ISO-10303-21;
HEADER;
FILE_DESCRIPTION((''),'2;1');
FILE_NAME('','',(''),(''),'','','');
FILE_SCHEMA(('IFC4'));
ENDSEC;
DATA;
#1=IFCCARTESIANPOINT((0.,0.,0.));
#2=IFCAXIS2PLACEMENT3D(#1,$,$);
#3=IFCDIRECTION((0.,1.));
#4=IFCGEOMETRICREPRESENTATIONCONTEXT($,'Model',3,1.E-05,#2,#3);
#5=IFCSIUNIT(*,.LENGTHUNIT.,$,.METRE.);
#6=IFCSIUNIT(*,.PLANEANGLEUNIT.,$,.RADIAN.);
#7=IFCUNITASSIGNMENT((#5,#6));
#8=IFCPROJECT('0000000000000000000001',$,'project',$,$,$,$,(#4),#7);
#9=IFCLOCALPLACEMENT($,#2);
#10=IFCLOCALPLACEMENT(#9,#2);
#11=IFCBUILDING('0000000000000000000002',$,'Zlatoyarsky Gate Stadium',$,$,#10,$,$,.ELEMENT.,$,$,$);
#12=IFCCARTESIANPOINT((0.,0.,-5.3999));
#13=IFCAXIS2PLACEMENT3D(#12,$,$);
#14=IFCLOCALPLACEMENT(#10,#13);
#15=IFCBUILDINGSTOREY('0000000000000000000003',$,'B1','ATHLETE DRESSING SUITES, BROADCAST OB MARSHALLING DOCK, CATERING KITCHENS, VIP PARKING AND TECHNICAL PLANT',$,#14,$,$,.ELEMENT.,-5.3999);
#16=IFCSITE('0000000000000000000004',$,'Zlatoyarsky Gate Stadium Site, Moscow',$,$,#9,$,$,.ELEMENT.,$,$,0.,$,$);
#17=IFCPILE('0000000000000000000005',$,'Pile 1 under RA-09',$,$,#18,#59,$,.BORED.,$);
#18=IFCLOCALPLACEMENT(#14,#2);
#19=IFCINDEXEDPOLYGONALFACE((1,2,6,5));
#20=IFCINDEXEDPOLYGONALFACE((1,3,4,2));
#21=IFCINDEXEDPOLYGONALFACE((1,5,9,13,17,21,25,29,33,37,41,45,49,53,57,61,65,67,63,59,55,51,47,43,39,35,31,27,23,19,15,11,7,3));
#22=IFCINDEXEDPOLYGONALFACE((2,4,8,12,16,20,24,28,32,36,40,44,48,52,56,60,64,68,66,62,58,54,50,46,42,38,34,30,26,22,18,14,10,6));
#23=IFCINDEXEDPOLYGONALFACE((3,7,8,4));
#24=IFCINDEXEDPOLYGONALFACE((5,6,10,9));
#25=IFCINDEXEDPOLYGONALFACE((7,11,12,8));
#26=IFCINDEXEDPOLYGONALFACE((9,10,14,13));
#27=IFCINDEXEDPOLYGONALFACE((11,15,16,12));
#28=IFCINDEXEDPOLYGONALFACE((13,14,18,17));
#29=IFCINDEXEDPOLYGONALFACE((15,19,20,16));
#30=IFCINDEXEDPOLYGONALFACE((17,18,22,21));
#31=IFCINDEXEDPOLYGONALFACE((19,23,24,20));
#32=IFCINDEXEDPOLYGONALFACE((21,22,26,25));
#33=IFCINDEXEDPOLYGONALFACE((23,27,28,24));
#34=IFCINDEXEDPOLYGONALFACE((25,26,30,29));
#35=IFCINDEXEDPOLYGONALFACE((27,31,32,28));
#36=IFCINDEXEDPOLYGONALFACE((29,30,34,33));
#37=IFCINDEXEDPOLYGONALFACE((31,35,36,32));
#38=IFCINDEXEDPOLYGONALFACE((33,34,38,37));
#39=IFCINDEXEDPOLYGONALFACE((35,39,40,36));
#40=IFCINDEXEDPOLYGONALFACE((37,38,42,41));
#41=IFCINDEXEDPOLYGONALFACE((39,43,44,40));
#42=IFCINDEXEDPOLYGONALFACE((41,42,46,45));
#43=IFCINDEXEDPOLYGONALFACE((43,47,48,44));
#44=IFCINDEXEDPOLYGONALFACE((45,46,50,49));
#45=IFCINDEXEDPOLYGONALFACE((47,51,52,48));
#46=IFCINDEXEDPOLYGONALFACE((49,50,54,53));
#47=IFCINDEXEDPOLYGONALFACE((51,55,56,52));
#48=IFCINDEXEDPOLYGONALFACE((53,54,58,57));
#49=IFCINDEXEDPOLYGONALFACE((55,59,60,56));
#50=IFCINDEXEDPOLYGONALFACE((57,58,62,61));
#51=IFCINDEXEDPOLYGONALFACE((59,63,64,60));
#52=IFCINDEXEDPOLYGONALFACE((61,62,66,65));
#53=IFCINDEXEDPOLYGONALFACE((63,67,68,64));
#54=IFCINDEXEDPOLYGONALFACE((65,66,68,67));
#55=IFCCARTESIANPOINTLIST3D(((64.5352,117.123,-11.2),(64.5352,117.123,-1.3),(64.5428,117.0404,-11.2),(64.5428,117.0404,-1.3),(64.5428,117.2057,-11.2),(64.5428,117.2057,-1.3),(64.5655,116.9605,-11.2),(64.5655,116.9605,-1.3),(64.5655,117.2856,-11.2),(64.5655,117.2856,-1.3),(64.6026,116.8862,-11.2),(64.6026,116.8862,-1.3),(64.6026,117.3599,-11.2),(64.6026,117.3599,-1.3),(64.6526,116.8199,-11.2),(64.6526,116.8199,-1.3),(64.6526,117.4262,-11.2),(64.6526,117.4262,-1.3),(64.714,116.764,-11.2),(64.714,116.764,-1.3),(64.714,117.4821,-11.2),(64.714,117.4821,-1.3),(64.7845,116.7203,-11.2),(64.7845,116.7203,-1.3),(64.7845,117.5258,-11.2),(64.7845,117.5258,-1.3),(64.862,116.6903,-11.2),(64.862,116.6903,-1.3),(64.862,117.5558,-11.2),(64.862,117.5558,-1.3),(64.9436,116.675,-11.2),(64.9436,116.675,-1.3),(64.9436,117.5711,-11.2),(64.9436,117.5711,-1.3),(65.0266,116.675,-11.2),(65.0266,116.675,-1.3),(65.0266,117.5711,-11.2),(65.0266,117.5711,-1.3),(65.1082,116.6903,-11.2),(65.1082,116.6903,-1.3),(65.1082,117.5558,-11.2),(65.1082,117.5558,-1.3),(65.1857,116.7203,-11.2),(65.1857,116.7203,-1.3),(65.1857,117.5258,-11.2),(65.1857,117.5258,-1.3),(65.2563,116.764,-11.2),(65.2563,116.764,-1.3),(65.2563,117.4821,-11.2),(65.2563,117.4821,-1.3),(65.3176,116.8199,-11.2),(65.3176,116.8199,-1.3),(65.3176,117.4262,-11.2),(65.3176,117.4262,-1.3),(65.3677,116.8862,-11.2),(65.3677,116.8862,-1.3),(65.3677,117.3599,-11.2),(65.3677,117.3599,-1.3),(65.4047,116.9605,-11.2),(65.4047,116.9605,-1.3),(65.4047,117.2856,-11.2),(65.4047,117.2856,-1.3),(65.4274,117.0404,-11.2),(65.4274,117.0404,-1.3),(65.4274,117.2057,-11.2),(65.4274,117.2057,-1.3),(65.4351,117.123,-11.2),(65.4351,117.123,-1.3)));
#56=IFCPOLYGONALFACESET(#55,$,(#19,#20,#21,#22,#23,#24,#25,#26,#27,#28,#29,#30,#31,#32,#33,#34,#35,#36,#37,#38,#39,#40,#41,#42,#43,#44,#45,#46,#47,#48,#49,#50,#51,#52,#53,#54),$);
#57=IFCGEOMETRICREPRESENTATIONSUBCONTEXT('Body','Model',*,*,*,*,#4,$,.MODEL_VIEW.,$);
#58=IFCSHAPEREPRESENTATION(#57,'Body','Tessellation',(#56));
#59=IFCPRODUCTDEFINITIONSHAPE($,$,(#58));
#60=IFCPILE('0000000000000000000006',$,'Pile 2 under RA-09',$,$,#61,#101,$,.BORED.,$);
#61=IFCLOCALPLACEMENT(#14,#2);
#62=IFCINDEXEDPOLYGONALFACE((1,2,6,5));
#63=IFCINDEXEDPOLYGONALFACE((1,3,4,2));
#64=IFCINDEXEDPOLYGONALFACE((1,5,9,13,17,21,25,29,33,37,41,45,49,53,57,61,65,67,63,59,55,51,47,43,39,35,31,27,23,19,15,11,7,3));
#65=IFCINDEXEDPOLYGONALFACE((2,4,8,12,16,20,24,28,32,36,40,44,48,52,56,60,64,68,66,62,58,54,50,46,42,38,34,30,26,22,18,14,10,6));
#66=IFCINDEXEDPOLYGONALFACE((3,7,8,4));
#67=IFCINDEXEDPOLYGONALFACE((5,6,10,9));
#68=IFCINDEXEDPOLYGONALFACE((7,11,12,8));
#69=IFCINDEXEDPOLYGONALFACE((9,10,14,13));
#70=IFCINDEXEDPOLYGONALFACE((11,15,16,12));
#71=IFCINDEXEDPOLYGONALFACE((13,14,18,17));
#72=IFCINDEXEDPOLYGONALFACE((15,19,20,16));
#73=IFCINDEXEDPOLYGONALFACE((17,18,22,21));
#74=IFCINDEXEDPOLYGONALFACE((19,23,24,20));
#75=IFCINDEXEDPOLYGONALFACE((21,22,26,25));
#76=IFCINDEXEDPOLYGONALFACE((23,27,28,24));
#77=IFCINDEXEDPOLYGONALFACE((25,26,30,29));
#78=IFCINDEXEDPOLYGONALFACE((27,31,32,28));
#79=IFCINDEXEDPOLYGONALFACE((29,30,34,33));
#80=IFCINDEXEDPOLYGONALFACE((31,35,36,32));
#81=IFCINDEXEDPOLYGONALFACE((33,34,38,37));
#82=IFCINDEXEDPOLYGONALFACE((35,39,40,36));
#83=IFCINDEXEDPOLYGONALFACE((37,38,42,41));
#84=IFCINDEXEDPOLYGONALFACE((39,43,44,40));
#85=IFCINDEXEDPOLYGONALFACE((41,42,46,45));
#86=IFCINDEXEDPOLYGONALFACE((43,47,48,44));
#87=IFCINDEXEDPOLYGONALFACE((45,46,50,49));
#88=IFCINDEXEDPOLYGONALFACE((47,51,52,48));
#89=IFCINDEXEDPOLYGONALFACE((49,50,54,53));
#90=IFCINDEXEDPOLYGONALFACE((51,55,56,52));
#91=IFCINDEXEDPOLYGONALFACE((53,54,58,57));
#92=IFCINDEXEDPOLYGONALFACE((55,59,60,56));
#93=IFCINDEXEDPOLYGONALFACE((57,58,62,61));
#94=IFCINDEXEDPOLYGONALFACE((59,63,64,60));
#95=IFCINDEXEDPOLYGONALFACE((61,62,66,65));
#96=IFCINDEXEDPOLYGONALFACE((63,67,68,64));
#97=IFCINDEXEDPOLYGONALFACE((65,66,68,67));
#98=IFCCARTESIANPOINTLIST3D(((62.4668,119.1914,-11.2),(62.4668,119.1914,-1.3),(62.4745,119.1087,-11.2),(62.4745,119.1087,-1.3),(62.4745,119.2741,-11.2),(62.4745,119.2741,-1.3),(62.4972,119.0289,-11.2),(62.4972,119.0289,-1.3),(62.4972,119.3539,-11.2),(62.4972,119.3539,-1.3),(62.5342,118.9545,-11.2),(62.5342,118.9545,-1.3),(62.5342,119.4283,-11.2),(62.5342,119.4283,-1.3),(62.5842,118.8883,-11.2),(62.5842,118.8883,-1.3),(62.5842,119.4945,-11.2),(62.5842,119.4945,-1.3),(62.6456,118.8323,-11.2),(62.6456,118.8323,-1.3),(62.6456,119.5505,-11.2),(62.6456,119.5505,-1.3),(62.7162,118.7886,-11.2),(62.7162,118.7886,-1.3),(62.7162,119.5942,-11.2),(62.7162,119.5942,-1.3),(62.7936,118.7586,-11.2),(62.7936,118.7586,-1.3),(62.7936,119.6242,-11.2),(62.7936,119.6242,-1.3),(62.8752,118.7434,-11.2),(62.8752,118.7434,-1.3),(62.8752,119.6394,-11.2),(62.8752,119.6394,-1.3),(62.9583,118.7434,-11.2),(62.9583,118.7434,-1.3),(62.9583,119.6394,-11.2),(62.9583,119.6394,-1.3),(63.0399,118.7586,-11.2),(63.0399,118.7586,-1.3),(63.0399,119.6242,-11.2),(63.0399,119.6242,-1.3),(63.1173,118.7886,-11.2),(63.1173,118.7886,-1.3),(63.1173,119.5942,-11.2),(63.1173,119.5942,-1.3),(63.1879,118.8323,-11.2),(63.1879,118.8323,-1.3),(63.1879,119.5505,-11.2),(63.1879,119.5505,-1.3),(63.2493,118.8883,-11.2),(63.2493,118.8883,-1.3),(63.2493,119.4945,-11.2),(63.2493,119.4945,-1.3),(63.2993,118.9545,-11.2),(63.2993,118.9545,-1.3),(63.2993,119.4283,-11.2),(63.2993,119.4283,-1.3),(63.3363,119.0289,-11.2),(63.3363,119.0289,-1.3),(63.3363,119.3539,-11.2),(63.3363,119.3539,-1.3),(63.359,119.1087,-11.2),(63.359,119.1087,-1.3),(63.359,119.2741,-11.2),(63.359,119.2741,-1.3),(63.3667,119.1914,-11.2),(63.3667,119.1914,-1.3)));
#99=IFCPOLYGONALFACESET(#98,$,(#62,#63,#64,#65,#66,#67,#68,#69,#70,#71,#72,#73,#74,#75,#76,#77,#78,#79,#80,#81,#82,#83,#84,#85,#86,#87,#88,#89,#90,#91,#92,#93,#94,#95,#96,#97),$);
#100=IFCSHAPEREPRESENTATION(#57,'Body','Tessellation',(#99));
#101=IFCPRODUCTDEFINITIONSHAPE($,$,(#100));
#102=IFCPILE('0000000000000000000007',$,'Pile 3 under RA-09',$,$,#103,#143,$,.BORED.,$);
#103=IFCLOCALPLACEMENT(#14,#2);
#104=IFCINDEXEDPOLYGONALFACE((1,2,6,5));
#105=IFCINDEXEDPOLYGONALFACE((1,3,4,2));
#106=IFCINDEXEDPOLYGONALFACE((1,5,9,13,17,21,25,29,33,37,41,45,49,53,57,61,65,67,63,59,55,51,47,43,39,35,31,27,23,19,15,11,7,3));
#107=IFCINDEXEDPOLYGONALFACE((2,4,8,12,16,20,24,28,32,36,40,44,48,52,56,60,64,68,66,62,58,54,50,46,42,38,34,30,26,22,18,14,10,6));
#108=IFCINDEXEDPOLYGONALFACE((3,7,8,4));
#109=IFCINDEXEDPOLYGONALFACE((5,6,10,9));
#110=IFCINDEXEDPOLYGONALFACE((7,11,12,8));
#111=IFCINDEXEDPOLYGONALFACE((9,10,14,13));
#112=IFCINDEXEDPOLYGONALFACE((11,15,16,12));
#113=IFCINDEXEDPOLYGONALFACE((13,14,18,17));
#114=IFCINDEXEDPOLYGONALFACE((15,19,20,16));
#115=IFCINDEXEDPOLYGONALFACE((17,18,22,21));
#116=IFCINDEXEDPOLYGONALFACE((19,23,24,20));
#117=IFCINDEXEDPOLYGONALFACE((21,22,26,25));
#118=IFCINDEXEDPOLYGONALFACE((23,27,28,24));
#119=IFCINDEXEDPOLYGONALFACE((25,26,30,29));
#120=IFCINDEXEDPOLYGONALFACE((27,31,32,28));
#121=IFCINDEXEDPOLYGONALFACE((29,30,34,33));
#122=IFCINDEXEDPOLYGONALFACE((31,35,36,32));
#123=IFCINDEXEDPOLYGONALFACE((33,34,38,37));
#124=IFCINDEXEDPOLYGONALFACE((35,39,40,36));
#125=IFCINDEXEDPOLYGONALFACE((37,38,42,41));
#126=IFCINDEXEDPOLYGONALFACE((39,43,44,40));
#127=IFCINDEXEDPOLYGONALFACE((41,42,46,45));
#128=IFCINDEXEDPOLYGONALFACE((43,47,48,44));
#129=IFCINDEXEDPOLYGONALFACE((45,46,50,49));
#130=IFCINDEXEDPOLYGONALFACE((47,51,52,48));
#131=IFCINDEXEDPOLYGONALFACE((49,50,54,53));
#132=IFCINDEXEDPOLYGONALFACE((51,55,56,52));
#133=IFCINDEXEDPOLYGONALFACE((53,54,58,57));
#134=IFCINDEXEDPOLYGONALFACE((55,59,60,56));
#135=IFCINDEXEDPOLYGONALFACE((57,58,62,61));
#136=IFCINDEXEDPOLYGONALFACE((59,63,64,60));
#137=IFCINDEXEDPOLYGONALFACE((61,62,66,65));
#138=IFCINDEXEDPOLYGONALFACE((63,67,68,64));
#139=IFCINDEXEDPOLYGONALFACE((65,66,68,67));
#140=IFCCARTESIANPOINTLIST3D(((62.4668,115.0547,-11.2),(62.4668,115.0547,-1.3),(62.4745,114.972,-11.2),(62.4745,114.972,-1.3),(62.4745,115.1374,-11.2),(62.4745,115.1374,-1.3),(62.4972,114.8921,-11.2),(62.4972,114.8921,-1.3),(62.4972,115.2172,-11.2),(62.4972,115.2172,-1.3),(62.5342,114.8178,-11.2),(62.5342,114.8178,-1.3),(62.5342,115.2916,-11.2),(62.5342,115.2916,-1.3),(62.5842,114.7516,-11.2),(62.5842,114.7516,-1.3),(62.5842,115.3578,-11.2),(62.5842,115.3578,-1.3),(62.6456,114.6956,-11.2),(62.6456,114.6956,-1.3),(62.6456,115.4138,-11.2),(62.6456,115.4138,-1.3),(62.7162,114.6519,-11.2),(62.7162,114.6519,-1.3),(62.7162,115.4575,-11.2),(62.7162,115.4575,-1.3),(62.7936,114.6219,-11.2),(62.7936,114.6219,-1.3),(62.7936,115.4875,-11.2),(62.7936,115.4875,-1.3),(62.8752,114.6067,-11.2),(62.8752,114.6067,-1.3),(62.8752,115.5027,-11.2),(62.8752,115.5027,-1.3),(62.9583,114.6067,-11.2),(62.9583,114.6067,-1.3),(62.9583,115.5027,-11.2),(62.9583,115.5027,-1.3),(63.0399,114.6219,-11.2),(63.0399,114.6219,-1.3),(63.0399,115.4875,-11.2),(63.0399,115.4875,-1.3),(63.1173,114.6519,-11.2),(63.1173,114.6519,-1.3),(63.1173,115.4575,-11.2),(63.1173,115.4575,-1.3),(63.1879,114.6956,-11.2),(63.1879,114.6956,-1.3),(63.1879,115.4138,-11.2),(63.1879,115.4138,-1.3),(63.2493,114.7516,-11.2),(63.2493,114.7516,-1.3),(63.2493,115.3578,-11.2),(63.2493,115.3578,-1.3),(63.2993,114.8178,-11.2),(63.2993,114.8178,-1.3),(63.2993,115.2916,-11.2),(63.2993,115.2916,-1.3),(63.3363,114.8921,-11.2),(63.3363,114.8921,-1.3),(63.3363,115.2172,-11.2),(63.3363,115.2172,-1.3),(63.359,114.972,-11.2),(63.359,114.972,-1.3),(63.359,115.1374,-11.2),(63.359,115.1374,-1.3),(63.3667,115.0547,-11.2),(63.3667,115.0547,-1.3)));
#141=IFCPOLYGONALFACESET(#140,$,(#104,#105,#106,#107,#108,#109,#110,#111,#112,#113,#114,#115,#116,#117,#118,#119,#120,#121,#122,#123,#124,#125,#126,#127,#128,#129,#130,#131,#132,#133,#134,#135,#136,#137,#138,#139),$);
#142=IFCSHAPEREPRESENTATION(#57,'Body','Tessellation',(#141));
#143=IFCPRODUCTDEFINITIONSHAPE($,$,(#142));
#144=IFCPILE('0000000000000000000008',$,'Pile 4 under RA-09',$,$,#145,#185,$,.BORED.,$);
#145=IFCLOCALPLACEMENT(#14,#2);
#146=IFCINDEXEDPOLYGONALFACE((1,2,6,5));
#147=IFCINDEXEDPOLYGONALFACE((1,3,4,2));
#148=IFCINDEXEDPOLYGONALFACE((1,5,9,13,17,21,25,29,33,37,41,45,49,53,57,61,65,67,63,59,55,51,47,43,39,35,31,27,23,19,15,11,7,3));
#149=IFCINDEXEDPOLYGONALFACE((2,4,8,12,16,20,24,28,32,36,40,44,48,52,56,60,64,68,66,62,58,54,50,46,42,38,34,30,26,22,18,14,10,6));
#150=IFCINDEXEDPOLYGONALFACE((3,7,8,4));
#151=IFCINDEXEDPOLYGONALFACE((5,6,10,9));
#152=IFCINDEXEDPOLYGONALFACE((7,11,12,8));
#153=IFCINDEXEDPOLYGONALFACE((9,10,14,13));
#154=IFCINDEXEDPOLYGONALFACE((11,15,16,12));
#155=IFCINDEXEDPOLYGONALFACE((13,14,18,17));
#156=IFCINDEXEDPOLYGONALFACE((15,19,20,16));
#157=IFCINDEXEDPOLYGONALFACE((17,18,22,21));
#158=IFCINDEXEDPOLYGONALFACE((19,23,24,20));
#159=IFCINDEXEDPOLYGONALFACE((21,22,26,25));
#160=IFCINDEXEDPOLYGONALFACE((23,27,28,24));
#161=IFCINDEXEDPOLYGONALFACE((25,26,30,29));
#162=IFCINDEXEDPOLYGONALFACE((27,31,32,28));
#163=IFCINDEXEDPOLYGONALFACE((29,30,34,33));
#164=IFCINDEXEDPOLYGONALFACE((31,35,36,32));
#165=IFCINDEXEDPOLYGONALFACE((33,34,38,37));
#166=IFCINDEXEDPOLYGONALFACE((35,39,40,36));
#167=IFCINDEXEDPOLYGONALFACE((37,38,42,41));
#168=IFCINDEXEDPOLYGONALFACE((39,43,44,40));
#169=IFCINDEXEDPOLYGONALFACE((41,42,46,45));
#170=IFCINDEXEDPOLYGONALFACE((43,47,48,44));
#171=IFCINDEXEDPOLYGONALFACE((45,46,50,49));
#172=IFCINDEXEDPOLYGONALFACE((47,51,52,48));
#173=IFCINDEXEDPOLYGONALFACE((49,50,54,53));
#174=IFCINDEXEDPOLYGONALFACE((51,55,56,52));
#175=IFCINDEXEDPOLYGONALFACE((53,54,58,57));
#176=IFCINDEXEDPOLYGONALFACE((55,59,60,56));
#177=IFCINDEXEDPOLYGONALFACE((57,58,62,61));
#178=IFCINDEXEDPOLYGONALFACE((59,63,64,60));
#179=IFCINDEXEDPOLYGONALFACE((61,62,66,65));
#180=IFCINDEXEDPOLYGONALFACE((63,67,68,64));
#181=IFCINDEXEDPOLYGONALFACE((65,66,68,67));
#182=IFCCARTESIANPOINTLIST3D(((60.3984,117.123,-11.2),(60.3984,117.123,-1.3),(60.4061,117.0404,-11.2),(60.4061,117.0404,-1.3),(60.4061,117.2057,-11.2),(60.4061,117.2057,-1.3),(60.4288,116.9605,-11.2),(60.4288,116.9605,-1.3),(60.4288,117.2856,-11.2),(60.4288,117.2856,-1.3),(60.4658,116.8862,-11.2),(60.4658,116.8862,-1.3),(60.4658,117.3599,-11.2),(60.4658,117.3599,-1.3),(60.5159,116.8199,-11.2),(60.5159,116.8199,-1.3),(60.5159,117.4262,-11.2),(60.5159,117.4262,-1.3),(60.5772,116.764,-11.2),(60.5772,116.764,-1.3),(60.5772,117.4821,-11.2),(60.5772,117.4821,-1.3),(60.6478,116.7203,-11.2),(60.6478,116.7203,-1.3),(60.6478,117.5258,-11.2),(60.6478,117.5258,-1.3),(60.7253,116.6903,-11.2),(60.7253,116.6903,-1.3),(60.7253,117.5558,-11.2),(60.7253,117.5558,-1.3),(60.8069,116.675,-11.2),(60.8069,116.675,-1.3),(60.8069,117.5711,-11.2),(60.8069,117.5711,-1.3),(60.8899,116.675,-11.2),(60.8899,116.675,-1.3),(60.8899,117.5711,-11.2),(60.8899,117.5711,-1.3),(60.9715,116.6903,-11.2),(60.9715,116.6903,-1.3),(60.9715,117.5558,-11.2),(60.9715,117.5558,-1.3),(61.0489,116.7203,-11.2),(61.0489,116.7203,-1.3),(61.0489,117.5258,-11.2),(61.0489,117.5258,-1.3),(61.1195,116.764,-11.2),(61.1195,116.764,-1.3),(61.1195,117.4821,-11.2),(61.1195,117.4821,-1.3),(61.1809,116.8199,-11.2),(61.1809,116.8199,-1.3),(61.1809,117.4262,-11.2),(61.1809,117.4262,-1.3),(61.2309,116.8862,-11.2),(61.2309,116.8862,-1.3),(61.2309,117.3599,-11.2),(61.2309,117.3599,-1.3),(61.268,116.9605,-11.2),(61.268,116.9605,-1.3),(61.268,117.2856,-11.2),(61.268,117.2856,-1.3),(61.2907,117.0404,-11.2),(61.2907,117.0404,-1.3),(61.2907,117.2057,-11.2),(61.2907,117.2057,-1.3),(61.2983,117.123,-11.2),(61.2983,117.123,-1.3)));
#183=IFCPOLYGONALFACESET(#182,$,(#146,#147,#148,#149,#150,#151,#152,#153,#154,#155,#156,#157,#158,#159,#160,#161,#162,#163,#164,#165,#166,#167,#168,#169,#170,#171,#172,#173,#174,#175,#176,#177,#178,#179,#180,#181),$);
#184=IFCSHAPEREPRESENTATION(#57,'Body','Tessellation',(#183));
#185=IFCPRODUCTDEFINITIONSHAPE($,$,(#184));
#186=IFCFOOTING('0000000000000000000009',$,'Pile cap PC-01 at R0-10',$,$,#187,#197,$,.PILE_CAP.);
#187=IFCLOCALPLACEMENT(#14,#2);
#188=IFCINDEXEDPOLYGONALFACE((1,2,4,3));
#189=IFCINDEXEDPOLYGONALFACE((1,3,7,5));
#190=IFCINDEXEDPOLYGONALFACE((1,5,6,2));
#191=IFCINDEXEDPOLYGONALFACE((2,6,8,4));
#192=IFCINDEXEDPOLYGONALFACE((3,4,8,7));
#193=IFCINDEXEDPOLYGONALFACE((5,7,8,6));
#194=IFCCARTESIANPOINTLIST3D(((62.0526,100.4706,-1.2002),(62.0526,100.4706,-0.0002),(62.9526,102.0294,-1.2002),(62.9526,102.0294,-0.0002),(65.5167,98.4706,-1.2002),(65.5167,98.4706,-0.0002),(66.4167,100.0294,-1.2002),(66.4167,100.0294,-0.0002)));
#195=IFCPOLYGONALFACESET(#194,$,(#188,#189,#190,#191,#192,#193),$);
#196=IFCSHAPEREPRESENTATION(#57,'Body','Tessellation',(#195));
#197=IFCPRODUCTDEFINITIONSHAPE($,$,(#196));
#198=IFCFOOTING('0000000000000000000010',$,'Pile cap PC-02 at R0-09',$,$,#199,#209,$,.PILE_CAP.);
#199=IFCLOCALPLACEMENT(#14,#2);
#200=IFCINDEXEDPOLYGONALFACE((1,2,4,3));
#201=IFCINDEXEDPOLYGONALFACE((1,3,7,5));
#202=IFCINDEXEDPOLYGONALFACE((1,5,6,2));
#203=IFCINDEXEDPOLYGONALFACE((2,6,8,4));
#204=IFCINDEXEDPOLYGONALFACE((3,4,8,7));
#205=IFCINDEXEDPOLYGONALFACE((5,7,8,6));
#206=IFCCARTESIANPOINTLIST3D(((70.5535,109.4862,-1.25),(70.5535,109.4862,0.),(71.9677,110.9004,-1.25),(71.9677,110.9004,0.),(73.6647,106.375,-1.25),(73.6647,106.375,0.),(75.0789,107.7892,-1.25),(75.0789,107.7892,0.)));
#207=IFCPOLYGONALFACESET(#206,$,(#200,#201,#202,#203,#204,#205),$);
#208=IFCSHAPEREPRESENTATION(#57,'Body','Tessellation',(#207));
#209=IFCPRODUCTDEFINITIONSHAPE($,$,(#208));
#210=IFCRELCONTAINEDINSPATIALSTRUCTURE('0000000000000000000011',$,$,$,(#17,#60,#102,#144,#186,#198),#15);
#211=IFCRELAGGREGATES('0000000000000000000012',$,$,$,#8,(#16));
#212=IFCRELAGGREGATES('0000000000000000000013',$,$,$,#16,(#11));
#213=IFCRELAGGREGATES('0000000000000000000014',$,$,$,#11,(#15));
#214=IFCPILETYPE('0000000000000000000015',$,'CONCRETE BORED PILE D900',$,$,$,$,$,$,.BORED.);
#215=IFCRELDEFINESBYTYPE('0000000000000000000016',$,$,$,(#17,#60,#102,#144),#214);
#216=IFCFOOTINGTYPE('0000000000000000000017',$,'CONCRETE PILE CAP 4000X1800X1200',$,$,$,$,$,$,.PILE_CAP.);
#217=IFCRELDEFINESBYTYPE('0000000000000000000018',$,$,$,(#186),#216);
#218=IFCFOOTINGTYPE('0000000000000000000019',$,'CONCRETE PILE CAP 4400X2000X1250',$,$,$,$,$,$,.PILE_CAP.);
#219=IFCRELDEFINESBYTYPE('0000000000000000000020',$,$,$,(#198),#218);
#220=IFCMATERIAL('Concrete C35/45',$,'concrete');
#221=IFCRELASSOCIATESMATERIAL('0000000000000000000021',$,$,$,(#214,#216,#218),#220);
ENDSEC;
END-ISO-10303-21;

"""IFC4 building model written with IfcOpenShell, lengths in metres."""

from ifc_helpers import new_model, si_unit, direction, frame, origin, origin_2d, place, context, subcontext, project, spatial, rectangle, circle, extrude, material, material_profile, profile_set, type_object, element, save


model = new_model("IFC4")

# Units and contexts
model_context = context("Model", 3, precision=1e-05, world=origin(), true_north=direction((0.0, 1.0)))
body_context = subcontext(model_context, "Body", "Model", "MODEL_VIEW")
ifc_project = project(units=[si_unit("LENGTHUNIT", "METRE"), si_unit("PLANEANGLEUNIT", "RADIAN")], contexts=[model_context])

# Site, building, storey
site_placement = place(None, origin())
site = spatial("IfcSite", under=ifc_project, at=site_placement, Name="Zlatoyarsky Gate Stadium Site, Moscow", CompositionType="ELEMENT", RefElevation=0.0)
building_placement = place(site_placement, origin())
building = spatial("IfcBuilding", under=site, at=building_placement, Name="Zlatoyarsky Gate Stadium", CompositionType="ELEMENT")
storey_placement = place(building_placement, frame((0.0, 0.0, -5.3999)))
storey = spatial("IfcBuildingStorey", under=building, at=storey_placement, Name="B1", Description="ATHLETE DRESSING SUITES, BROADCAST OB MARSHALLING DOCK, CATERING KITCHENS, VIP PARKING AND TECHNICAL PLANT", CompositionType="ELEMENT", Elevation=-5.3999)

# Piles
ifc_material_1 = material(Name="Concrete C35/45", Category="concrete")
ifc_material_profile_1 = material_profile(ifc_material_1, circle(Radius=0.45, at=origin_2d()), Name="BORED PILE D900")
ifc_profile_set_1 = profile_set([ifc_material_profile_1], Name="Concrete C35/45")
pile_type_1 = type_object("IfcPileType", Name="CONCRETE BORED PILE D900", PredefinedType="BORED", material=ifc_profile_set_1)
for number, where, z_axis, x_axis, name in (
    (1, (64.9851, 117.123, -1.3), (0.0, 0.0, -1.0), (1.0, 0.0, 0.0), "Pile 1 under RA-09"),
    (2, (62.9167, 119.1914, -1.3), (0.0, 0.0, -1.0), (1.0, 0.0, 0.0), "Pile 2 under RA-09"),
    (3, (62.9167, 115.0547, -1.3), (0.0, 0.0, -1.0), (1.0, 0.0, 0.0), "Pile 3 under RA-09"),
    (4, (60.8484, 117.123, -1.3), (0.0, 0.0, -1.0), (1.0, 0.0, 0.0), "Pile 4 under RA-09"),
):
    element("IfcPile", number, at=place(storey_placement, frame(where, z_axis=z_axis, x_axis=x_axis)), inside=storey, type_object=pile_type_1, Name=name, PredefinedType="BORED", context=body_context, shape_type="SweptSolid", body=[
        extrude(circle(Radius=0.45, at=origin_2d()), origin(), (0.0, 0.0, 1.0), 9.8999),
    ])

# Footings
footing_type_1 = type_object("IfcFootingType", Name="CONCRETE PILE CAP 4000X1800X1200", PredefinedType="PILE_CAP", material=ifc_material_1)
footing_1_placement = place(storey_placement, frame((64.2346, 100.25, -1.2002), z_axis=(0.0, 0.0, 1.0), x_axis=(-0.866025, 0.5, 0.0)))
element("IfcFooting", 5, at=footing_1_placement, inside=storey, type_object=footing_type_1, Name="Pile cap PC-01 at R0-10", PredefinedType="PILE_CAP", context=body_context, shape_type="SweptSolid", body=[
    extrude(rectangle(XDim=4.0, YDim=1.8, at=origin_2d()), origin(), (0.0, 0.0, 1.0), 1.2),
])
footing_type_2 = type_object("IfcFootingType", Name="CONCRETE PILE CAP 4400X2000X1250", PredefinedType="PILE_CAP", material=ifc_material_1)
footing_2_placement = place(storey_placement, frame((72.8162, 108.6377, -1.25), z_axis=(0.0, 0.0, 1.0), x_axis=(-0.707107, 0.707107, 0.0)))
element("IfcFooting", 6, at=footing_2_placement, inside=storey, type_object=footing_type_2, Name="Pile cap PC-02 at R0-09", PredefinedType="PILE_CAP", context=body_context, shape_type="SweptSolid", body=[
    extrude(rectangle(XDim=4.3999, YDim=2.0, at=origin_2d()), origin(), (0.0, 0.0, 1.0), 1.25),
])

save(model, "model.ifc")
